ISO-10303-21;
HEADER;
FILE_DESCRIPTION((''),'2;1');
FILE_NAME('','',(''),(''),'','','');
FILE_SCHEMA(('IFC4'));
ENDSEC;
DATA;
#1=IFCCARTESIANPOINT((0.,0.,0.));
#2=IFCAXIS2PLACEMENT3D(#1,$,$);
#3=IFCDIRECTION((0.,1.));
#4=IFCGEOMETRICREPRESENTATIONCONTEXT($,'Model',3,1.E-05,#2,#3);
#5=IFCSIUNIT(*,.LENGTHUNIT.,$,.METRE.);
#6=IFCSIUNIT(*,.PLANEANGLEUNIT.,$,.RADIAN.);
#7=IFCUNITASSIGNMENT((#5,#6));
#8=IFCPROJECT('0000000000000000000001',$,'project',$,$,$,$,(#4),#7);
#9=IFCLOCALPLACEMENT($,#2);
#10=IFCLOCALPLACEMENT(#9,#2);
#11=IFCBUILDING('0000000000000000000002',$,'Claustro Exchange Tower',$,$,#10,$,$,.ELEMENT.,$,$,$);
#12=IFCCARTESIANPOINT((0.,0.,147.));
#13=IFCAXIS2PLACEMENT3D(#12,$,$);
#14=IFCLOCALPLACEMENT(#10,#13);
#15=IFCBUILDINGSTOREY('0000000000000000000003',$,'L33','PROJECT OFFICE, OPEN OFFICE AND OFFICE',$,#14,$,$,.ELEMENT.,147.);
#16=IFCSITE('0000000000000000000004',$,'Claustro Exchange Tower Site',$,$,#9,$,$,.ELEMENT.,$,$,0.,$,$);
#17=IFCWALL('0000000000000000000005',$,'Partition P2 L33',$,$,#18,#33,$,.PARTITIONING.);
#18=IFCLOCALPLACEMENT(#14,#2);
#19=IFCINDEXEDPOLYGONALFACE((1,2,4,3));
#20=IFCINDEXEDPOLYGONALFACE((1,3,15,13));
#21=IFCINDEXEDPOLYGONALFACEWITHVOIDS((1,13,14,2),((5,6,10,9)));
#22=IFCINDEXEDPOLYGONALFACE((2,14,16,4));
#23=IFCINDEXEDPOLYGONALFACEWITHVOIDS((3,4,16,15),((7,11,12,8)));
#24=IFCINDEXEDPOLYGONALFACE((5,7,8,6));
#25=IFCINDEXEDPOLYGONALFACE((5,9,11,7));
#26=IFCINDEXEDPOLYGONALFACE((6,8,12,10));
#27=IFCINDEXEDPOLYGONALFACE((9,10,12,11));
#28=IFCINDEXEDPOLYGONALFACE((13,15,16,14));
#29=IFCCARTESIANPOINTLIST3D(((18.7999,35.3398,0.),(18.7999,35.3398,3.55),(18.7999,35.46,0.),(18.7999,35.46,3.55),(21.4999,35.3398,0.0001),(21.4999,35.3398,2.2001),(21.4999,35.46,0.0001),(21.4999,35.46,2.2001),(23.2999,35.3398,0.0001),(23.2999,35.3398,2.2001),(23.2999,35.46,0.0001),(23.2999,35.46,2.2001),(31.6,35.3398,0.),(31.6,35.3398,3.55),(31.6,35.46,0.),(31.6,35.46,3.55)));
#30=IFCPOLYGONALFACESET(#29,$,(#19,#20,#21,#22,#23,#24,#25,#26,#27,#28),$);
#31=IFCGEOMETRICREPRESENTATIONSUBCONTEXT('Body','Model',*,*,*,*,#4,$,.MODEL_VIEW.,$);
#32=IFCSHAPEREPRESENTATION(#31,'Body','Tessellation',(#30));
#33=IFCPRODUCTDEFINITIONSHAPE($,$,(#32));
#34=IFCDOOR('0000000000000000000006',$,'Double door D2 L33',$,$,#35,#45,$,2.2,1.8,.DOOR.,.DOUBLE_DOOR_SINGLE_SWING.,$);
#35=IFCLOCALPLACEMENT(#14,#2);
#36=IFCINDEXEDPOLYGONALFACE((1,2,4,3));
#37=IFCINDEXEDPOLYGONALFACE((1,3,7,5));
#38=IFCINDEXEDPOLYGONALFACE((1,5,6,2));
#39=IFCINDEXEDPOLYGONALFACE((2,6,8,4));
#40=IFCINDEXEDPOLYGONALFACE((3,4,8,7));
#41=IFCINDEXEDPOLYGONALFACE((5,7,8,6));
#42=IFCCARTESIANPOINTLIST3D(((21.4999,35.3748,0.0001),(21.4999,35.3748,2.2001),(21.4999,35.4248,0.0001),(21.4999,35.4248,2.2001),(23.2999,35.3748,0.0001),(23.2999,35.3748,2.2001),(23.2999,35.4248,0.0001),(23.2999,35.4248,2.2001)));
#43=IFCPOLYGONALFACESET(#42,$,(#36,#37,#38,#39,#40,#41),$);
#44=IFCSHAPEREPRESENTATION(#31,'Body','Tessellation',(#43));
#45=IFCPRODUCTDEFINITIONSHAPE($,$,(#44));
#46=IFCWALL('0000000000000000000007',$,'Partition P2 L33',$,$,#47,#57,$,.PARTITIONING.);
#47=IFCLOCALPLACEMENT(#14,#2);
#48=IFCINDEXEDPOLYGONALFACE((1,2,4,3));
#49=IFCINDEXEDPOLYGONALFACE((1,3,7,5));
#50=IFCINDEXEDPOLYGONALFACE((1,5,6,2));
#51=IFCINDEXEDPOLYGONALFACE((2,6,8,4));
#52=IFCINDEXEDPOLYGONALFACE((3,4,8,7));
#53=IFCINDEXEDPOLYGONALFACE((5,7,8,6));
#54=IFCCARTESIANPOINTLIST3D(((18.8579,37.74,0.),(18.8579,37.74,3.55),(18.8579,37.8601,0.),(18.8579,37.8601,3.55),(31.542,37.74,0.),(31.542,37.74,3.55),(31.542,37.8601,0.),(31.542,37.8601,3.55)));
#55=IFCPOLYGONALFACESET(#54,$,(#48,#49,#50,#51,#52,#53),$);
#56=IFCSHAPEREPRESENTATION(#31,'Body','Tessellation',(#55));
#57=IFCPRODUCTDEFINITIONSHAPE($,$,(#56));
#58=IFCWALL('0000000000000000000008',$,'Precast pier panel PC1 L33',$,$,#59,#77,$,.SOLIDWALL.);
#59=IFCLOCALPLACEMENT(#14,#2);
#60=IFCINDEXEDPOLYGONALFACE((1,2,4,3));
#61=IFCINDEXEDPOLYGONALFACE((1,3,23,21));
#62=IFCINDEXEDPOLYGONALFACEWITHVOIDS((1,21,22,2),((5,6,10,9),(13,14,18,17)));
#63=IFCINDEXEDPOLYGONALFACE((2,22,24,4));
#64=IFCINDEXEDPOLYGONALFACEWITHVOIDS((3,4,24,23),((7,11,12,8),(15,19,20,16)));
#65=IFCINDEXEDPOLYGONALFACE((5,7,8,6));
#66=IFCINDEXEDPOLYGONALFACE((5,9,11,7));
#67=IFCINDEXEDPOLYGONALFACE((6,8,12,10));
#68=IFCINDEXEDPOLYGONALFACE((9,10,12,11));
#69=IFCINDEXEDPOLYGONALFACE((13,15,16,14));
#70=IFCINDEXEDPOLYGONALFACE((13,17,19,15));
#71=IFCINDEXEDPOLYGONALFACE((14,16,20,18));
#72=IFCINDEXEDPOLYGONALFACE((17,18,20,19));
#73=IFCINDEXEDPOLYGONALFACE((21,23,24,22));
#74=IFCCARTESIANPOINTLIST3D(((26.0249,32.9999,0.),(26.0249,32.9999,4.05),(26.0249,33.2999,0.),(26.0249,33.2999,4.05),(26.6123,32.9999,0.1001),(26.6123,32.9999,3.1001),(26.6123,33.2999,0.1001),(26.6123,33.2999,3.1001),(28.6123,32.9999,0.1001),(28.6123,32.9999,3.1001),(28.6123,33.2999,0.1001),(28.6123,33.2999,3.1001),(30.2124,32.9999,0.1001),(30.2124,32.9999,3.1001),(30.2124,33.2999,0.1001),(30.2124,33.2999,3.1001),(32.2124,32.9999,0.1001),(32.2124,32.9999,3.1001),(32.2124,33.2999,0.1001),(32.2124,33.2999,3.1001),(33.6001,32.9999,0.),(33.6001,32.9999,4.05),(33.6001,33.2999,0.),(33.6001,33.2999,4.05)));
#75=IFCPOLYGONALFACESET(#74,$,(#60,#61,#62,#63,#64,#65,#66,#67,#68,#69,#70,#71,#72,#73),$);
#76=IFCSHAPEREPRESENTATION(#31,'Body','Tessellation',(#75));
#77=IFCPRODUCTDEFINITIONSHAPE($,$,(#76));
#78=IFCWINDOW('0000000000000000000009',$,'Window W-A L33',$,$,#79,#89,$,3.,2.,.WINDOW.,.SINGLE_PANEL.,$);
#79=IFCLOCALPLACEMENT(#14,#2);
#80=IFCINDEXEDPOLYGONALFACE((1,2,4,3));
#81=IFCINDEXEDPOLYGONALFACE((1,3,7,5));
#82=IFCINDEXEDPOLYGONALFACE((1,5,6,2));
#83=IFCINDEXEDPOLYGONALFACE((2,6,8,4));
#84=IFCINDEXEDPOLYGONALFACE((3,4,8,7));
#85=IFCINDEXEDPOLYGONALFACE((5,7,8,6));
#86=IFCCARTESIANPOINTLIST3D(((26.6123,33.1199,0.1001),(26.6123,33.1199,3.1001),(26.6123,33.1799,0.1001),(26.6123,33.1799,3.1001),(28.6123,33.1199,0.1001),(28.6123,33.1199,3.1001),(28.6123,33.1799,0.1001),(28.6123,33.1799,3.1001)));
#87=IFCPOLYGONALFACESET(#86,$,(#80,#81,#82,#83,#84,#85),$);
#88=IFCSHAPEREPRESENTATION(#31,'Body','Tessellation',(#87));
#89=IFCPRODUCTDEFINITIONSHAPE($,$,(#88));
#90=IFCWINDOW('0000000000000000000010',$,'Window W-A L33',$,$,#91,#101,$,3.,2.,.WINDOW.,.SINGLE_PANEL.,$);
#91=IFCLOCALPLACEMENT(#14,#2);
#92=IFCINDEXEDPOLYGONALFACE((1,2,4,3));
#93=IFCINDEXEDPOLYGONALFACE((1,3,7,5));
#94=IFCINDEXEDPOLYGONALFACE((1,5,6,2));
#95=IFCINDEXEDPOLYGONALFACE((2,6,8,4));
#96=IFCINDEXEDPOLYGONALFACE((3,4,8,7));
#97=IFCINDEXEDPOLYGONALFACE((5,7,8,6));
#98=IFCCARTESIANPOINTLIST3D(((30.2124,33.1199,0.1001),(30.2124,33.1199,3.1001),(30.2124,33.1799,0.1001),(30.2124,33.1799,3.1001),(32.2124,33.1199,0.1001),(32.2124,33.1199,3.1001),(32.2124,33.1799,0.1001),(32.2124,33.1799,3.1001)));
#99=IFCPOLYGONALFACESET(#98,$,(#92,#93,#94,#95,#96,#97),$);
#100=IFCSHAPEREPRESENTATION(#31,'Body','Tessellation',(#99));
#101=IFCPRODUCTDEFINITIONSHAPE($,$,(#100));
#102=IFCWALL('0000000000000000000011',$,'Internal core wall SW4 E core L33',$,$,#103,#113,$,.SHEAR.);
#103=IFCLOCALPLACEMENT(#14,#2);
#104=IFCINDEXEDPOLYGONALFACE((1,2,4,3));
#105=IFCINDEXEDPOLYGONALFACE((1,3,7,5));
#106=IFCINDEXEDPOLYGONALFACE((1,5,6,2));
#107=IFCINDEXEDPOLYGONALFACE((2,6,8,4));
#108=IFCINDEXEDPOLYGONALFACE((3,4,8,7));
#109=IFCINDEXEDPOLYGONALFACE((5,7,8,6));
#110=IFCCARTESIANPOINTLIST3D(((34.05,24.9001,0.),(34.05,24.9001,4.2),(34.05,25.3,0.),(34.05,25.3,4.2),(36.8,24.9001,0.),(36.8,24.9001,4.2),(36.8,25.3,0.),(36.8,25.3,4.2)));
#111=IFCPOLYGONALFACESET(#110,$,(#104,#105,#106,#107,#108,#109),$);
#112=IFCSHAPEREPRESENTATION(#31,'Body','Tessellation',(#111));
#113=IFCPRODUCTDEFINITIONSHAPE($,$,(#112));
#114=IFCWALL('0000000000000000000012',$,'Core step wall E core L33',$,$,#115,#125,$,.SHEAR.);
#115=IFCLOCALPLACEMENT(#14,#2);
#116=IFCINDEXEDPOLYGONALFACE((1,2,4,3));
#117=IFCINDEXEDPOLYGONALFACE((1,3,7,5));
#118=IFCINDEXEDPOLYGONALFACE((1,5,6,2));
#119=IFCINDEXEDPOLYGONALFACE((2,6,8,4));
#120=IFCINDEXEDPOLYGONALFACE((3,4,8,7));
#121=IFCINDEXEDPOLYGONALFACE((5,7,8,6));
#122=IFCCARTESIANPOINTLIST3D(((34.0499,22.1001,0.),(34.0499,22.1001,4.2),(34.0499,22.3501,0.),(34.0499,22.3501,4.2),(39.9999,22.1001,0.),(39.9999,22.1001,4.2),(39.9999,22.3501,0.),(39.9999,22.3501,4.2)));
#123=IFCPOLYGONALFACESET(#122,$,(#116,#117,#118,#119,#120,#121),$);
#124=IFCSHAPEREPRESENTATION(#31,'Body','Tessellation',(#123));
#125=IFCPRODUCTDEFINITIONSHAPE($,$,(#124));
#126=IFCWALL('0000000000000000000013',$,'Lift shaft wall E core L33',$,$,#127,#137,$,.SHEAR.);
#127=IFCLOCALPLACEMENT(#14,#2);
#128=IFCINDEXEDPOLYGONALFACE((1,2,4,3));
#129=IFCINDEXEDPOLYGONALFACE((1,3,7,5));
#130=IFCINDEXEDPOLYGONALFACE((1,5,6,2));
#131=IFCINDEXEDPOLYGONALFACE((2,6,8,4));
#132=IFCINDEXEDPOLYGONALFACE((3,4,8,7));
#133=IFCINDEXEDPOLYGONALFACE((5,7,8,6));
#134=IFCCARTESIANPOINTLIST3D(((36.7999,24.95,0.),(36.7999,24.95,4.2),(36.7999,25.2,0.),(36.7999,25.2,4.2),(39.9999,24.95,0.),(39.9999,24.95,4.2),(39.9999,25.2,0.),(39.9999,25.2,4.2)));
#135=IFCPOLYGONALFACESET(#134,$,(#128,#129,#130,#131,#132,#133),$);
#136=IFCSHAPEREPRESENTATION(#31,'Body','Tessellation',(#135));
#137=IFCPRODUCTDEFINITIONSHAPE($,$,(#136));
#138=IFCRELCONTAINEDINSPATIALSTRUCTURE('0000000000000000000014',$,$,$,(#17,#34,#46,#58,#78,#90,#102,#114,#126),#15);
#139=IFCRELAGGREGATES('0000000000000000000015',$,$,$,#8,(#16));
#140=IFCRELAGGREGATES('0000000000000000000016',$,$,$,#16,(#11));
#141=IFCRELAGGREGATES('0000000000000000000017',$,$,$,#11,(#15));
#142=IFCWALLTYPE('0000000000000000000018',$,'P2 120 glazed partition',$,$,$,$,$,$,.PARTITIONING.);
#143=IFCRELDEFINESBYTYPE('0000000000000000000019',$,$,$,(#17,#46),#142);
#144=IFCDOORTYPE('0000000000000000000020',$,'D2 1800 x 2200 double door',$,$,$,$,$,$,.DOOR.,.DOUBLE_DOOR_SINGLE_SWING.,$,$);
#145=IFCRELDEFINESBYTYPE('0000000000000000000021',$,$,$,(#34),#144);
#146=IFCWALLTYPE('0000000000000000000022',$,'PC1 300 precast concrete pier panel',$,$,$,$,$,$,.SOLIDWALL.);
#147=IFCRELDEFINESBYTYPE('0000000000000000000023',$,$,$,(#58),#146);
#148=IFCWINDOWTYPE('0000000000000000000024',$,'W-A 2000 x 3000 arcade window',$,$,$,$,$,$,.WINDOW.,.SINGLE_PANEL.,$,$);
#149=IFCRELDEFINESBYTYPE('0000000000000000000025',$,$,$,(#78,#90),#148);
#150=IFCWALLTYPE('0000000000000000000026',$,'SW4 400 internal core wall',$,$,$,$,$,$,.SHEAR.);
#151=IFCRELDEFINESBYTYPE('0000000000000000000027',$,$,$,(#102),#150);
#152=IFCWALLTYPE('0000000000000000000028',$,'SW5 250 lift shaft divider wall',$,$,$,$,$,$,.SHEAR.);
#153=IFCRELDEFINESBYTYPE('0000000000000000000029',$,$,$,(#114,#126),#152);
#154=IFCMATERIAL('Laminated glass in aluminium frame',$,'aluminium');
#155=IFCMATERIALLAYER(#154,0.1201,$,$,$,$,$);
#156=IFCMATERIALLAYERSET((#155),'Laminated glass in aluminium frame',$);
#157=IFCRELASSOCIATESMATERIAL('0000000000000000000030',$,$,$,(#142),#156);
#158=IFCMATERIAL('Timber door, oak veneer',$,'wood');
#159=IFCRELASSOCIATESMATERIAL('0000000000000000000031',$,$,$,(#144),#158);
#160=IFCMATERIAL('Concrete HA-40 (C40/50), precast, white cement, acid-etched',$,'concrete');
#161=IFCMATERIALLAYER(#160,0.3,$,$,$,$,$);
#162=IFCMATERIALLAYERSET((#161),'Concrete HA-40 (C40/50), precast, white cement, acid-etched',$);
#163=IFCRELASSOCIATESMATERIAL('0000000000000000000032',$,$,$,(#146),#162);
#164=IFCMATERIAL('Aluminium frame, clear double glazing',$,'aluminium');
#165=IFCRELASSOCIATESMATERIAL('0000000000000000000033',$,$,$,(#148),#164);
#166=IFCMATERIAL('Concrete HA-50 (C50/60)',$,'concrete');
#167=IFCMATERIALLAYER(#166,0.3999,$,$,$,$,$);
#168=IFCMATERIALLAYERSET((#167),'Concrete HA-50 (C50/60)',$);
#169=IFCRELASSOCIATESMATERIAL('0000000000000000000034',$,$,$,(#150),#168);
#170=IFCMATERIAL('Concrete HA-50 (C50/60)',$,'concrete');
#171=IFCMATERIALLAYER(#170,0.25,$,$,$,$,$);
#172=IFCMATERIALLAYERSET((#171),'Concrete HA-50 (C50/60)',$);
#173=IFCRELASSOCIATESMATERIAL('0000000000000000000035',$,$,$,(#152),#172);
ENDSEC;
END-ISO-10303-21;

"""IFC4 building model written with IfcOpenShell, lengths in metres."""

from ifc_helpers import new_model, si_unit, direction, frame, frame_2d, origin, place, context, subcontext, project, spatial, rectangle, extrude, material, layer, layer_set, type_object, element, fill, save


model = new_model("IFC4")

# Units and contexts
model_context = context("Model", 3, precision=1e-05, world=origin(), true_north=direction((0.0, 1.0)))
body_context = subcontext(model_context, "Body", "Model", "MODEL_VIEW")
ifc_project = project(units=[si_unit("LENGTHUNIT", "METRE"), si_unit("PLANEANGLEUNIT", "RADIAN")], contexts=[model_context])

# Site, building, storey
site_placement = place(None, origin())
site = spatial("IfcSite", under=ifc_project, at=site_placement, Name="Claustro Exchange Tower Site", CompositionType="ELEMENT", RefElevation=0.0)
building_placement = place(site_placement, origin())
building = spatial("IfcBuilding", under=site, at=building_placement, Name="Claustro Exchange Tower", CompositionType="ELEMENT")
storey_placement = place(building_placement, frame((0.0, 0.0, 147.0)))
storey = spatial("IfcBuildingStorey", under=building, at=storey_placement, Name="L33", Description="PROJECT OFFICE, OPEN OFFICE AND OFFICE", CompositionType="ELEMENT", Elevation=147.0)

# Shared definitions
ifc_material_1 = material(Name="Laminated glass in aluminium frame", Category="aluminium")
ifc_layer_1 = layer(ifc_material_1, 0.1201)
ifc_layer_set_1 = layer_set([ifc_layer_1], Name="Laminated glass in aluminium frame")
wall_type_1 = type_object("IfcWallType", Name="P2 120 glazed partition", PredefinedType="PARTITIONING", material=ifc_layer_set_1)

# Shared definitions
ifc_material_2 = material(Name="Timber door, oak veneer", Category="wood")
door_type_1 = type_object("IfcDoorType", Name="D2 1800 x 2200 double door", OperationType="DOUBLE_DOOR_SINGLE_SWING", PredefinedType="DOOR", material=ifc_material_2)

# Wall, opening, door
wall_1_placement = place(storey_placement, frame((18.8, 35.3999, 0.0), z_axis=(0.0, 0.0, 1.0), x_axis=(1.0, 0.0, 0.0)))
wall_1 = element("IfcWall", 1, at=wall_1_placement, inside=storey, type_object=wall_type_1, Name="Partition P2 L33", PredefinedType="PARTITIONING", context=body_context, shape_type="SweptSolid", body=[
    extrude(rectangle(XDim=12.8, YDim=0.1201, at=frame_2d((6.3999, 0.0))), origin(), (0.0, 0.0, 1.0), 3.55),
])
opening_1_placement = place(wall_1_placement, frame((2.7, 0.0, 0.0)))
opening_1 = element("IfcOpeningElement", 2, at=opening_1_placement, cuts=wall_1, PredefinedType="OPENING", context=body_context, shape_type="SweptSolid", body=[
    extrude(rectangle(XDim=1.8, YDim=2.2, at=frame_2d((0.8999, 1.1001))), frame((0.0, 0.0701, 0.0), z_axis=(0.0, -1.0, 0.0), x_axis=(1.0, 0.0, 0.0)), (0.0, 0.0, 1.0), 0.1401),
])
door_1_placement = place(opening_1_placement, origin())
door_1 = element("IfcDoor", 3, at=door_1_placement, inside=storey, type_object=door_type_1, Name="Double door D2 L33", OperationType="DOUBLE_DOOR_SINGLE_SWING", OverallHeight=2.2, OverallWidth=1.8, PredefinedType="DOOR", context=body_context, shape_type="SweptSolid", body=[
    extrude(rectangle(XDim=1.8, YDim=2.2, at=frame_2d((0.8999, 1.1001))), frame((0.0, 0.0249, 0.0), z_axis=(0.0, -1.0, 0.0), x_axis=(1.0, 0.0, 0.0)), (0.0, 0.0, 1.0), 0.05),
])
fill(opening_1, door_1)

# Wall
wall_2_placement = place(storey_placement, frame((18.8579, 37.8, 0.0), z_axis=(0.0, 0.0, 1.0), x_axis=(1.0, 0.0, 0.0)))
element("IfcWall", 4, at=wall_2_placement, inside=storey, type_object=wall_type_1, Name="Partition P2 L33", PredefinedType="PARTITIONING", context=body_context, shape_type="SweptSolid", body=[
    extrude(rectangle(XDim=12.6841, YDim=0.1201, at=frame_2d((6.342, 0.0))), origin(), (0.0, 0.0, 1.0), 3.55),
])

# Wall, openings, windows
ifc_material_3 = material(Name="Concrete HA-40 (C40/50), precast, white cement, acid-etched", Category="concrete")
ifc_layer_2 = layer(ifc_material_3, 0.3)
ifc_layer_set_2 = layer_set([ifc_layer_2], Name="Concrete HA-40 (C40/50), precast, white cement, acid-etched")
wall_type_2 = type_object("IfcWallType", Name="PC1 300 precast concrete pier panel", PredefinedType="SOLIDWALL", material=ifc_layer_set_2)
wall_3_placement = place(storey_placement, frame((26.0249, 33.1499, 0.0), z_axis=(0.0, 0.0, 1.0), x_axis=(1.0, 0.0, 0.0)))
wall_3 = element("IfcWall", 5, at=wall_3_placement, inside=storey, type_object=wall_type_2, Name="Precast pier panel PC1 L33", PredefinedType="SOLIDWALL", context=body_context, shape_type="SweptSolid", body=[
    extrude(rectangle(XDim=7.5752, YDim=0.3, at=frame_2d((3.7876, 0.0))), origin(), (0.0, 0.0, 1.0), 4.05),
])
opening_2_placement = place(wall_3_placement, frame((0.5874, 0.0, 0.1001)))
opening_2 = element("IfcOpeningElement", 6, at=opening_2_placement, cuts=wall_3, PredefinedType="OPENING", context=body_context, shape_type="SweptSolid", body=[
    extrude(rectangle(XDim=2.0, YDim=3.0, at=frame_2d((1.0, 1.5))), frame((0.0, 0.1599, 0.0), z_axis=(0.0, -1.0, 0.0), x_axis=(1.0, 0.0, 0.0)), (0.0, 0.0, 1.0), 0.3201),
])
opening_3_placement = place(wall_3_placement, frame((4.1875, 0.0, 0.1001)))
opening_3 = element("IfcOpeningElement", 7, at=opening_3_placement, cuts=wall_3, PredefinedType="OPENING", context=body_context, shape_type="SweptSolid", body=[
    extrude(rectangle(XDim=2.0, YDim=3.0, at=frame_2d((1.0, 1.5))), frame((0.0, 0.1599, 0.0), z_axis=(0.0, -1.0, 0.0), x_axis=(1.0, 0.0, 0.0)), (0.0, 0.0, 1.0), 0.3201),
])
ifc_material_4 = material(Name="Aluminium frame, clear double glazing", Category="aluminium")
window_type = type_object("IfcWindowType", Name="W-A 2000 x 3000 arcade window", PartitioningType="SINGLE_PANEL", PredefinedType="WINDOW", material=ifc_material_4)
window_1_placement = place(opening_2_placement, origin())
window_1 = element("IfcWindow", 8, at=window_1_placement, inside=storey, type_object=window_type, Name="Window W-A L33", OverallHeight=3.0, OverallWidth=2.0, PartitioningType="SINGLE_PANEL", PredefinedType="WINDOW", context=body_context, shape_type="SweptSolid", body=[
    extrude(rectangle(XDim=2.0, YDim=3.0, at=frame_2d((1.0, 1.5))), frame((0.0, 0.03, 0.0), z_axis=(0.0, -1.0, 0.0), x_axis=(1.0, 0.0, 0.0)), (0.0, 0.0, 1.0), 0.0601),
])
fill(opening_2, window_1)
window_2_placement = place(opening_3_placement, origin())
window_2 = element("IfcWindow", 9, at=window_2_placement, inside=storey, type_object=window_type, Name="Window W-A L33", OverallHeight=3.0, OverallWidth=2.0, PartitioningType="SINGLE_PANEL", PredefinedType="WINDOW", context=body_context, shape_type="SweptSolid", body=[
    extrude(rectangle(XDim=2.0, YDim=3.0, at=frame_2d((1.0, 1.5))), frame((0.0, 0.03, 0.0), z_axis=(0.0, -1.0, 0.0), x_axis=(1.0, 0.0, 0.0)), (0.0, 0.0, 1.0), 0.0601),
])
fill(opening_3, window_2)

# Walls
ifc_material_5 = material(Name="Concrete HA-50 (C50/60)", Category="concrete")
ifc_layer_3 = layer(ifc_material_5, 0.3999)
ifc_layer_set_3 = layer_set([ifc_layer_3], Name="Concrete HA-50 (C50/60)")
wall_type_3 = type_object("IfcWallType", Name="SW4 400 internal core wall", PredefinedType="SHEAR", material=ifc_layer_set_3)
wall_4_placement = place(storey_placement, frame((36.8, 25.1001, 0.0), z_axis=(0.0, 0.0, 1.0), x_axis=(-1.0, 0.0, 0.0)))
element("IfcWall", 10, at=wall_4_placement, inside=storey, type_object=wall_type_3, Name="Internal core wall SW4 E core L33", PredefinedType="SHEAR", context=body_context, shape_type="SweptSolid", body=[
    extrude(rectangle(XDim=2.75, YDim=0.3999, at=frame_2d((1.375, 0.0))), origin(), (0.0, 0.0, 1.0), 4.2),
])
ifc_material_6 = material(Name="Concrete HA-50 (C50/60)", Category="concrete")
ifc_layer_4 = layer(ifc_material_6, 0.25)
ifc_layer_set_4 = layer_set([ifc_layer_4], Name="Concrete HA-50 (C50/60)")
wall_type_4 = type_object("IfcWallType", Name="SW5 250 lift shaft divider wall", PredefinedType="SHEAR", material=ifc_layer_set_4)
wall_5_placement = place(storey_placement, frame((40.0, 22.2251, 0.0), z_axis=(0.0, 0.0, 1.0), x_axis=(-1.0, 0.0, 0.0)))
element("IfcWall", 11, at=wall_5_placement, inside=storey, type_object=wall_type_4, Name="Core step wall E core L33", PredefinedType="SHEAR", context=body_context, shape_type="SweptSolid", body=[
    extrude(rectangle(XDim=5.95, YDim=0.25, at=frame_2d((2.9751, 0.0))), origin(), (0.0, 0.0, 1.0), 4.2),
])
wall_6_placement = place(storey_placement, frame((40.0, 25.075, 0.0), z_axis=(0.0, 0.0, 1.0), x_axis=(-1.0, 0.0, 0.0)))
element("IfcWall", 12, at=wall_6_placement, inside=storey, type_object=wall_type_4, Name="Lift shaft wall E core L33", PredefinedType="SHEAR", context=body_context, shape_type="SweptSolid", body=[
    extrude(rectangle(XDim=3.2, YDim=0.25, at=frame_2d((1.6001, 0.0))), origin(), (0.0, 0.0, 1.0), 4.2),
])

save(model, "model.ifc")
